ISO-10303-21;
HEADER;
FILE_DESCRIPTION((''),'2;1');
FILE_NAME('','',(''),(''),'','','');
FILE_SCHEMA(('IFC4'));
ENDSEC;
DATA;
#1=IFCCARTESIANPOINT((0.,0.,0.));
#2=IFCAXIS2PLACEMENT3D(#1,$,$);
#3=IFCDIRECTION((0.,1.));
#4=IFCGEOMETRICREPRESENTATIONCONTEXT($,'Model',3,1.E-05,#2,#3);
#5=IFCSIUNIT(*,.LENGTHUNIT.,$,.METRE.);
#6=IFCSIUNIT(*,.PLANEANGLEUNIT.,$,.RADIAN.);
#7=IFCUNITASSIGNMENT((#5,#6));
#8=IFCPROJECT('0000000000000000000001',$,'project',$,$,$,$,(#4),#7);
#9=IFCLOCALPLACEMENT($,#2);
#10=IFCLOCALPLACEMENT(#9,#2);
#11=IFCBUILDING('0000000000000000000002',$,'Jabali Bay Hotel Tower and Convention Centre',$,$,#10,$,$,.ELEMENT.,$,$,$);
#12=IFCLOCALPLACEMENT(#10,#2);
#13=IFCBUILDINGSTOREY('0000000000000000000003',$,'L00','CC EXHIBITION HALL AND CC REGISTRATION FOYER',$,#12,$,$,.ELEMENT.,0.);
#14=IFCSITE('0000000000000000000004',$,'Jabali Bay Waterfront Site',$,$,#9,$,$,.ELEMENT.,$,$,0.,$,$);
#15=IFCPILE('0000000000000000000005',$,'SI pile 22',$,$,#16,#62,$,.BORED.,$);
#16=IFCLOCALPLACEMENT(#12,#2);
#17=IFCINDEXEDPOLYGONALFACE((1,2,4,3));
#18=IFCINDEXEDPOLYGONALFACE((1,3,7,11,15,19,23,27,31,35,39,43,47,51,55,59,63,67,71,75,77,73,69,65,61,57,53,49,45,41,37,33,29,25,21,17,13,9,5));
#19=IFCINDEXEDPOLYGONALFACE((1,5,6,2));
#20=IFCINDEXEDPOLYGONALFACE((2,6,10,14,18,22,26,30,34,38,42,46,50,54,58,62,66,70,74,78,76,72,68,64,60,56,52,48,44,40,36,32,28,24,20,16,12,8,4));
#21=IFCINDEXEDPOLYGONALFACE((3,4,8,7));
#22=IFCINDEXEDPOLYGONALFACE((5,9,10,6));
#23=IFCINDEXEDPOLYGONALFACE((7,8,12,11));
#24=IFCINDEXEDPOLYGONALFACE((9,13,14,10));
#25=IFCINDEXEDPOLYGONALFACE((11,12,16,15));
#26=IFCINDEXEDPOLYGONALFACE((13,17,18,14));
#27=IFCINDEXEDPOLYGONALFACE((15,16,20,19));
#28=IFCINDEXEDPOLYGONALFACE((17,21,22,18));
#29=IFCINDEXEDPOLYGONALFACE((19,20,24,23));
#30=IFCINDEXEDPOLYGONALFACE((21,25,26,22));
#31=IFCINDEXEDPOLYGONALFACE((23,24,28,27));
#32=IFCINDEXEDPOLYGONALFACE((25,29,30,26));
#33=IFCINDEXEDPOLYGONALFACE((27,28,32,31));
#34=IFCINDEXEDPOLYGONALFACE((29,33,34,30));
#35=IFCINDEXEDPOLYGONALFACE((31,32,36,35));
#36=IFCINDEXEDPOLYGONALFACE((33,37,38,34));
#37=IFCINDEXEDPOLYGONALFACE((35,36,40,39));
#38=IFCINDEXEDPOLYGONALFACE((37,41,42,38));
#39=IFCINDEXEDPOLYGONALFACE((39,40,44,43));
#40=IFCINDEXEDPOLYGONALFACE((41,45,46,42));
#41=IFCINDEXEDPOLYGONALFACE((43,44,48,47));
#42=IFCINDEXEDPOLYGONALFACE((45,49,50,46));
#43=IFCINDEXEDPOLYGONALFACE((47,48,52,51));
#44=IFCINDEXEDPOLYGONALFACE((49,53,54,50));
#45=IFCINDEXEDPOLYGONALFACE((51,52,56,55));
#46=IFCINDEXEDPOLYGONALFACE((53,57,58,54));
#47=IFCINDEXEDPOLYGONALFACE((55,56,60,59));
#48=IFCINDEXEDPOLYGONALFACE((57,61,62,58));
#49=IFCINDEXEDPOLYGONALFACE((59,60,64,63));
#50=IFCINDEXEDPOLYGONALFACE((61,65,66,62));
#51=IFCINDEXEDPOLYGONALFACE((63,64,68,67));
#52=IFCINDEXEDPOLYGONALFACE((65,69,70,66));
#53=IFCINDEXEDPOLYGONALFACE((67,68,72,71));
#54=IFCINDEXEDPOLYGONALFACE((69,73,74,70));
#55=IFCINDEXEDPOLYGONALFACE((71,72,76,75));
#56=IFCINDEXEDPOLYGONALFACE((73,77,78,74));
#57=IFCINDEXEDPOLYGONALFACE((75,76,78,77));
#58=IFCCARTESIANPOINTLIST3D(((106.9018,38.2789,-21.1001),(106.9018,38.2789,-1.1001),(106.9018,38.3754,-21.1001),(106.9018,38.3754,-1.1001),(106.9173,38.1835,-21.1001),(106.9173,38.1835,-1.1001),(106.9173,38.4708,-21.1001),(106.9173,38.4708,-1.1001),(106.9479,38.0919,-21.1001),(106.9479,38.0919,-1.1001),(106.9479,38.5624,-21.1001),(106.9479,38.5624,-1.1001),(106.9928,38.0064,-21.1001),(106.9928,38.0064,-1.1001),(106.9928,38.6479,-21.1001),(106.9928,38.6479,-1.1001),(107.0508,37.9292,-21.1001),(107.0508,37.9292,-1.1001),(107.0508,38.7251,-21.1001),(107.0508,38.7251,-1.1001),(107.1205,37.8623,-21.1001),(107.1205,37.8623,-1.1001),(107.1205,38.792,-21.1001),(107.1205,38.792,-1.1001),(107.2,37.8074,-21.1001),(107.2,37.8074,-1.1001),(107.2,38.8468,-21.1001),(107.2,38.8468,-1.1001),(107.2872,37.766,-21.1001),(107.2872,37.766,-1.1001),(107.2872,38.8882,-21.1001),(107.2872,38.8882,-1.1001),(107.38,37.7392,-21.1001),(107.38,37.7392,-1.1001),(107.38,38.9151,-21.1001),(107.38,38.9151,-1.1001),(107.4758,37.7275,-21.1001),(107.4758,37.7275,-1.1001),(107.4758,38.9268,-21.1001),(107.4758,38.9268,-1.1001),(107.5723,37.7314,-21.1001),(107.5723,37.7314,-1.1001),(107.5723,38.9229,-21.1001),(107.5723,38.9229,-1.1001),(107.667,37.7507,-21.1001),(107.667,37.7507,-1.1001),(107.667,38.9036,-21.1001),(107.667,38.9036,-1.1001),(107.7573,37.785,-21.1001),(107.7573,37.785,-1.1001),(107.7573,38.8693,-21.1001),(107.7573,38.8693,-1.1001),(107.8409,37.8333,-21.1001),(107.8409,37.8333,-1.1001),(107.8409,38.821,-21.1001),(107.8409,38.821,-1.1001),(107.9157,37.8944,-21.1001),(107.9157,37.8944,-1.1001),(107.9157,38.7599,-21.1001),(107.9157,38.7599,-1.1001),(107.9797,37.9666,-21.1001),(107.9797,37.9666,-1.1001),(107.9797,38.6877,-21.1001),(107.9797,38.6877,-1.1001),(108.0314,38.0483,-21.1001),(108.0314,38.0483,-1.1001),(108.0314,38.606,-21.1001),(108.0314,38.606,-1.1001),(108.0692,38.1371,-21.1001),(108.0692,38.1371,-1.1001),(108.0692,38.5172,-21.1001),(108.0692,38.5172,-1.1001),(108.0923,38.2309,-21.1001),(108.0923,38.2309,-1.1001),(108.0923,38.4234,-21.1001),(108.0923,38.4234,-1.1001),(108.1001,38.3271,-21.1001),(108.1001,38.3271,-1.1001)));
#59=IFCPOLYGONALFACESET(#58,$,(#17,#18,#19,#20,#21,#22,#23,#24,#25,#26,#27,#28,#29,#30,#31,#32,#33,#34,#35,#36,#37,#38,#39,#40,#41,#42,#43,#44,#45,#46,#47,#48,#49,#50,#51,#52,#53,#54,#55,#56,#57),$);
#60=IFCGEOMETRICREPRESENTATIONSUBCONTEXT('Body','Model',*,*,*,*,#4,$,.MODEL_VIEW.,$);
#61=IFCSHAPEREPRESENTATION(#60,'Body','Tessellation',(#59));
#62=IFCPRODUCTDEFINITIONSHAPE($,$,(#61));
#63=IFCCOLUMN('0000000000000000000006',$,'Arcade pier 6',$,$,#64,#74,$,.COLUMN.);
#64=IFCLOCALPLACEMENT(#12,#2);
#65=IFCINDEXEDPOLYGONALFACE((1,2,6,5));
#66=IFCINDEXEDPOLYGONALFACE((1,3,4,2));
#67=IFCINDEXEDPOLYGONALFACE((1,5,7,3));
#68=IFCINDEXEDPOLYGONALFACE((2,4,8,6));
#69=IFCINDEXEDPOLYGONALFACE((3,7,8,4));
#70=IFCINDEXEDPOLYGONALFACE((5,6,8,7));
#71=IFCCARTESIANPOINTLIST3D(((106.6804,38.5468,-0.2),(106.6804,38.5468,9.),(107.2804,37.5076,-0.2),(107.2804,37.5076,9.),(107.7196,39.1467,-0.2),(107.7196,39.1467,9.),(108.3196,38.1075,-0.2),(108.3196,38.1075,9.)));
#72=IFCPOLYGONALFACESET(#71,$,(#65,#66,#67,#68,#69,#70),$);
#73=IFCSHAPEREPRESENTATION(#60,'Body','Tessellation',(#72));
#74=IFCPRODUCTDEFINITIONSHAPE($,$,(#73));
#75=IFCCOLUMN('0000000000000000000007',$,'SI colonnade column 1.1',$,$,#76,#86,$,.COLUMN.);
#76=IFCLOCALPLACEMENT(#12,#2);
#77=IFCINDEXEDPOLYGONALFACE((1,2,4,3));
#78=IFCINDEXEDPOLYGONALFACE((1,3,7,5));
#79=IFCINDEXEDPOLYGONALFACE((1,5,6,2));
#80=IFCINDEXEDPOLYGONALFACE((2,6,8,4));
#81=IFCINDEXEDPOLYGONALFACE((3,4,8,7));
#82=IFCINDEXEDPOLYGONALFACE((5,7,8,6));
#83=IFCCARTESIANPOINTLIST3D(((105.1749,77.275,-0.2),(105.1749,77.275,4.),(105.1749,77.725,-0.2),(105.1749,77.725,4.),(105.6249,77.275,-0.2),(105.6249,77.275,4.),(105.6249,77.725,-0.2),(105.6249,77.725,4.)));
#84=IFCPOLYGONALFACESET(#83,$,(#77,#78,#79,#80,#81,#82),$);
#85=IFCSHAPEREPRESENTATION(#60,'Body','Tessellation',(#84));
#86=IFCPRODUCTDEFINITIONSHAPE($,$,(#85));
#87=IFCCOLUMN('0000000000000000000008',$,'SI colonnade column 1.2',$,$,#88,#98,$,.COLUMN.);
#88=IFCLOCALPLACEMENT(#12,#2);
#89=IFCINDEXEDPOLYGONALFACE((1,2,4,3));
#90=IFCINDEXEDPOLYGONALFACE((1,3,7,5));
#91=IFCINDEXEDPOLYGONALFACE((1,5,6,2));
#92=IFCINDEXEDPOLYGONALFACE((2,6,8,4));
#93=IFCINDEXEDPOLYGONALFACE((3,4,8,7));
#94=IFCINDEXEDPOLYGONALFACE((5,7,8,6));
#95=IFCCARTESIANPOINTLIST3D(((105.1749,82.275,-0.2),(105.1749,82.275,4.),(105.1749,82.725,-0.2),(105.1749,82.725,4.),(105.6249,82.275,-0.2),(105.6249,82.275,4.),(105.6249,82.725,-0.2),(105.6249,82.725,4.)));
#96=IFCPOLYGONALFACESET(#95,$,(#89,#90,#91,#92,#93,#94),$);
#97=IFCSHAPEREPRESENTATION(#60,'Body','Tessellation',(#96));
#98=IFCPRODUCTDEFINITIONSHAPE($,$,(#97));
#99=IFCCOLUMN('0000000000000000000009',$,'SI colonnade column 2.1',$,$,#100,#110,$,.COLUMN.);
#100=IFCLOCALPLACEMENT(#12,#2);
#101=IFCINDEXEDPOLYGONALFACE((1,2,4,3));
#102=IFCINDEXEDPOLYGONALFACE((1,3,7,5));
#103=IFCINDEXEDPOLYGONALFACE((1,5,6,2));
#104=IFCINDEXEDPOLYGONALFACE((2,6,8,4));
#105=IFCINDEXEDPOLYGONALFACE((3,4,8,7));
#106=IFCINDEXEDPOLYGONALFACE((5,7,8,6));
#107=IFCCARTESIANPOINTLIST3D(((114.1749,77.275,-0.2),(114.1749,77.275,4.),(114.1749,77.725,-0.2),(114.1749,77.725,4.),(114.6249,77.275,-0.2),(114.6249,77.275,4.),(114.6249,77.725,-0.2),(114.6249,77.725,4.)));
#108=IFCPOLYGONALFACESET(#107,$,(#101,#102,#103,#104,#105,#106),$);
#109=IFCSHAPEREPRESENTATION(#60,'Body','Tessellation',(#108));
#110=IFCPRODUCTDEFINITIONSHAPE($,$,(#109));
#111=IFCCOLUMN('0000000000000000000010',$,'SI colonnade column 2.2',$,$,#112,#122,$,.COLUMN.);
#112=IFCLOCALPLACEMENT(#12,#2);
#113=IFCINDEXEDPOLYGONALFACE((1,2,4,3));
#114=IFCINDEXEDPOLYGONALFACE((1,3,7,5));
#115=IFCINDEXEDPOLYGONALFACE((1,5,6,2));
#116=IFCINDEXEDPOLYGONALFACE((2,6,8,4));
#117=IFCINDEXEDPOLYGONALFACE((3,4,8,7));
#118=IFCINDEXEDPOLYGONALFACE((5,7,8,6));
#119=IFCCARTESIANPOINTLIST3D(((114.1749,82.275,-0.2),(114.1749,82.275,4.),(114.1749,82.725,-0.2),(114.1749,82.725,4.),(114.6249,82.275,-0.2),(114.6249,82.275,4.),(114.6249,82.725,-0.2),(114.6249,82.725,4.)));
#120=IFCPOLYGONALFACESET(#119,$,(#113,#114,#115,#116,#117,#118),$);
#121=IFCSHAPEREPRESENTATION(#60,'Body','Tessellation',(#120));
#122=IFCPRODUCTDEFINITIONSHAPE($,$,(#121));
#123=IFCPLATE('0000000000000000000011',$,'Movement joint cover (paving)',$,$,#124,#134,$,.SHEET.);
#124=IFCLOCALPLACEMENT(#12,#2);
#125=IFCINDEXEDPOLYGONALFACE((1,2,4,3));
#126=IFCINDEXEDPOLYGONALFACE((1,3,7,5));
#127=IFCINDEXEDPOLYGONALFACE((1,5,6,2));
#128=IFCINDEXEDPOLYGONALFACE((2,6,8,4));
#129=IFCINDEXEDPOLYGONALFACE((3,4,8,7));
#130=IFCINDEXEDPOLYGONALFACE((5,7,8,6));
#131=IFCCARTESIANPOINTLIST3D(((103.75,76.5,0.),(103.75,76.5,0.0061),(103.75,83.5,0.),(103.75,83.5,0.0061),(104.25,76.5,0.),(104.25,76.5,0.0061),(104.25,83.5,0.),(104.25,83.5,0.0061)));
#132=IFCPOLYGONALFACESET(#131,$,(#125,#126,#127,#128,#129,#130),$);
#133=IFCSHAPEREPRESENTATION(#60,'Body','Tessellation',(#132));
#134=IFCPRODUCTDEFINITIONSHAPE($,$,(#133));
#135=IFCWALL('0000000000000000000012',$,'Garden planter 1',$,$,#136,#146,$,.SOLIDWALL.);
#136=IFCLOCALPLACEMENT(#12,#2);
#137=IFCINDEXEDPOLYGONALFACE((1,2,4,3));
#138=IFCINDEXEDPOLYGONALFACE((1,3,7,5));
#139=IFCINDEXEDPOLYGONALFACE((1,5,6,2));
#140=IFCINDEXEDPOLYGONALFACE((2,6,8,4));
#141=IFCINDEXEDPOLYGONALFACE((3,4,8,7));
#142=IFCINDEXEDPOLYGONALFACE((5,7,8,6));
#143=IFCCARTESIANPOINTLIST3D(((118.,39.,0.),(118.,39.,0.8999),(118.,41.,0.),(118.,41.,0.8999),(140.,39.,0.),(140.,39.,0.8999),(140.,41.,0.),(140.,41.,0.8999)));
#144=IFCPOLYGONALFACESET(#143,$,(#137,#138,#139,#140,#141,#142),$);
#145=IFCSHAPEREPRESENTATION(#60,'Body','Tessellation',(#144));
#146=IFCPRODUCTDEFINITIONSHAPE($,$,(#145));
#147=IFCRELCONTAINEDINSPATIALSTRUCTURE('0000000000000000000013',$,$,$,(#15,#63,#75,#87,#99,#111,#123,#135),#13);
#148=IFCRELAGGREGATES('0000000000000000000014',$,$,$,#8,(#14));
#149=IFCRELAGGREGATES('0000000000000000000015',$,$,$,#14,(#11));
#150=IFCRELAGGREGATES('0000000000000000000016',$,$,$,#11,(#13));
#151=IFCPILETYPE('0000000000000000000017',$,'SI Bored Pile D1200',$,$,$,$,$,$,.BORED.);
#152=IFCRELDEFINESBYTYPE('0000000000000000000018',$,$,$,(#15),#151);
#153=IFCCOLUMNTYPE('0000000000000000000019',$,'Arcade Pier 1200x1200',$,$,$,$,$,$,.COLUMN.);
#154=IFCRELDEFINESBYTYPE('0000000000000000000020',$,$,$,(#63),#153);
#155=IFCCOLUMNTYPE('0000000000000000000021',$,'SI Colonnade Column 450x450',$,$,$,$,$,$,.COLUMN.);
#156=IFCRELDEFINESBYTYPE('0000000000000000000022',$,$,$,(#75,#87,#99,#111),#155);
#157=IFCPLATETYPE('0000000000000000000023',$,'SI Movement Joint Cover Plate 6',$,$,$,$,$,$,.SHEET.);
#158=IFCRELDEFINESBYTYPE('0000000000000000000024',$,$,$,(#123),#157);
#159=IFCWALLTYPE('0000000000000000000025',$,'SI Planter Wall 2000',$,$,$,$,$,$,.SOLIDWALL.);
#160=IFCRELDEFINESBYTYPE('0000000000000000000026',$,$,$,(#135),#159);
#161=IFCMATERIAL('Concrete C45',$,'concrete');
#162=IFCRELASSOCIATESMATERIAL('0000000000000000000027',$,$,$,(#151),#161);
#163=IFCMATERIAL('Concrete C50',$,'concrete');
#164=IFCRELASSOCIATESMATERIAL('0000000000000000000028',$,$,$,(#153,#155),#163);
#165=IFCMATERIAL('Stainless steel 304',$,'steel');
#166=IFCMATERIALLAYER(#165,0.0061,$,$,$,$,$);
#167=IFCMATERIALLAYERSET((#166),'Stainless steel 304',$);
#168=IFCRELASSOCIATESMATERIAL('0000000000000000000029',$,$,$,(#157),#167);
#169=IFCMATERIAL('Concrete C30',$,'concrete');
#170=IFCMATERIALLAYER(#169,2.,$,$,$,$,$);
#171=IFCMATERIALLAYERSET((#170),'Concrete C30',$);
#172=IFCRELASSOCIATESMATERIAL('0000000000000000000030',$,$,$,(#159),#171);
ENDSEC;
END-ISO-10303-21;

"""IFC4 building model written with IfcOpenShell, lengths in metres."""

from ifc_helpers import new_model, si_unit, direction, frame, frame_2d, origin, origin_2d, place, context, subcontext, project, spatial, rectangle, circle, extrude, material, layer, layer_set, material_profile, profile_set, type_object, element, save


model = new_model("IFC4")

# Units and contexts
model_context = context("Model", 3, precision=1e-05, world=origin(), true_north=direction((0.0, 1.0)))
body_context = subcontext(model_context, "Body", "Model", "MODEL_VIEW")
ifc_project = project(units=[si_unit("LENGTHUNIT", "METRE"), si_unit("PLANEANGLEUNIT", "RADIAN")], contexts=[model_context])

# Site, building, storey
site_placement = place(None, origin())
site = spatial("IfcSite", under=ifc_project, at=site_placement, Name="Jabali Bay Waterfront Site", CompositionType="ELEMENT", RefElevation=0.0)
building_placement = place(site_placement, origin())
building = spatial("IfcBuilding", under=site, at=building_placement, Name="Jabali Bay Hotel Tower and Convention Centre", CompositionType="ELEMENT")
storey_placement = place(building_placement, origin())
storey = spatial("IfcBuildingStorey", under=building, at=storey_placement, Name="L00", Description="CC EXHIBITION HALL AND CC REGISTRATION FOYER", CompositionType="ELEMENT", Elevation=0.0)

# Pile
ifc_material_1 = material(Name="Concrete C45", Category="concrete")
ifc_material_profile_1 = material_profile(ifc_material_1, circle(Radius=0.6001, at=origin_2d()), Name="D1200")
ifc_profile_set_1 = profile_set([ifc_material_profile_1], Name="Concrete C45")
pile_type = type_object("IfcPileType", Name="SI Bored Pile D1200", PredefinedType="BORED", material=ifc_profile_set_1)
for number, where, z_axis, x_axis, name in (
    (1, (107.5, 38.3271, -1.1001), (0.0, 0.0, -1.0), (1.0, 0.0, 0.0), "SI pile 22"),
):
    element("IfcPile", number, at=place(storey_placement, frame(where, z_axis=z_axis, x_axis=x_axis)), inside=storey, type_object=pile_type, Name=name, PredefinedType="BORED", context=body_context, shape_type="SweptSolid", body=[
        extrude(circle(Radius=0.6001, at=origin_2d()), origin(), (0.0, 0.0, 1.0), 20.0),
    ])

# Columns
ifc_material_2 = material(Name="Concrete C50", Category="concrete")
ifc_material_profile_2 = material_profile(ifc_material_2, rectangle(XDim=1.2, YDim=1.2, at=origin_2d()), Name="RC 1200x1200")
ifc_profile_set_2 = profile_set([ifc_material_profile_2], Name="Concrete C50")
column_type_1 = type_object("IfcColumnType", Name="Arcade Pier 1200x1200", PredefinedType="COLUMN", material=ifc_profile_set_2)
column_placement = place(storey_placement, frame((107.5, 38.3271, -0.2), z_axis=(0.0, 0.0, 1.0), x_axis=(0.866025, 0.5, 0.0)))
element("IfcColumn", 2, at=column_placement, inside=storey, type_object=column_type_1, Name="Arcade pier 6", PredefinedType="COLUMN", context=body_context, shape_type="SweptSolid", body=[
    extrude(rectangle(XDim=1.2, YDim=1.2, at=origin_2d()), origin(), (0.0, 0.0, 1.0), 9.2),
])
ifc_material_profile_3 = material_profile(ifc_material_2, rectangle(XDim=0.45, YDim=0.45, at=origin_2d()), Name="RC 450x450")
ifc_profile_set_3 = profile_set([ifc_material_profile_3], Name="Concrete C50")
column_type_2 = type_object("IfcColumnType", Name="SI Colonnade Column 450x450", PredefinedType="COLUMN", material=ifc_profile_set_3)
for number, where, z_axis, x_axis, name in (
    (3, (105.3999, 77.5, -0.2), (0.0, 0.0, 1.0), (1.0, 0.0, 0.0), "SI colonnade column 1.1"),
    (4, (105.3999, 82.5, -0.2), (0.0, 0.0, 1.0), (1.0, 0.0, 0.0), "SI colonnade column 1.2"),
    (5, (114.3999, 77.5, -0.2), (0.0, 0.0, 1.0), (1.0, 0.0, 0.0), "SI colonnade column 2.1"),
    (6, (114.3999, 82.5, -0.2), (0.0, 0.0, 1.0), (1.0, 0.0, 0.0), "SI colonnade column 2.2"),
):
    element("IfcColumn", number, at=place(storey_placement, frame(where, z_axis=z_axis, x_axis=x_axis)), inside=storey, type_object=column_type_2, Name=name, PredefinedType="COLUMN", context=body_context, shape_type="SweptSolid", body=[
        extrude(rectangle(XDim=0.45, YDim=0.45, at=origin_2d()), origin(), (0.0, 0.0, 1.0), 4.2),
    ])

# Plate
ifc_material_3 = material(Name="Stainless steel 304", Category="steel")
ifc_layer_1 = layer(ifc_material_3, 0.0061)
ifc_layer_set_1 = layer_set([ifc_layer_1], Name="Stainless steel 304")
plate_type = type_object("IfcPlateType", Name="SI Movement Joint Cover Plate 6", PredefinedType="SHEET", material=ifc_layer_set_1)
plate_placement = place(storey_placement, frame((104.0, 80.0, 0.0), z_axis=(0.0, 0.0, 1.0), x_axis=(1.0, 0.0, 0.0)))
element("IfcPlate", 7, at=plate_placement, inside=storey, type_object=plate_type, Name="Movement joint cover (paving)", PredefinedType="SHEET", context=body_context, shape_type="SweptSolid", body=[
    extrude(rectangle(XDim=0.5, YDim=7.0, at=origin_2d()), origin(), (0.0, 0.0, 1.0), 0.0061),
])

# Wall
ifc_material_4 = material(Name="Concrete C30", Category="concrete")
ifc_layer_2 = layer(ifc_material_4, 2.0)
ifc_layer_set_2 = layer_set([ifc_layer_2], Name="Concrete C30")
wall_type = type_object("IfcWallType", Name="SI Planter Wall 2000", PredefinedType="SOLIDWALL", material=ifc_layer_set_2)
wall_placement = place(storey_placement, frame((118.0, 40.0, 0.0), z_axis=(0.0, 0.0, 1.0), x_axis=(1.0, 0.0, 0.0)))
element("IfcWall", 8, at=wall_placement, inside=storey, type_object=wall_type, Name="Garden planter 1", PredefinedType="SOLIDWALL", context=body_context, shape_type="SweptSolid", body=[
    extrude(rectangle(XDim=22.0, YDim=2.0, at=frame_2d((11.0, 0.0))), origin(), (0.0, 0.0, 1.0), 0.8999),
])

save(model, "model.ifc")
